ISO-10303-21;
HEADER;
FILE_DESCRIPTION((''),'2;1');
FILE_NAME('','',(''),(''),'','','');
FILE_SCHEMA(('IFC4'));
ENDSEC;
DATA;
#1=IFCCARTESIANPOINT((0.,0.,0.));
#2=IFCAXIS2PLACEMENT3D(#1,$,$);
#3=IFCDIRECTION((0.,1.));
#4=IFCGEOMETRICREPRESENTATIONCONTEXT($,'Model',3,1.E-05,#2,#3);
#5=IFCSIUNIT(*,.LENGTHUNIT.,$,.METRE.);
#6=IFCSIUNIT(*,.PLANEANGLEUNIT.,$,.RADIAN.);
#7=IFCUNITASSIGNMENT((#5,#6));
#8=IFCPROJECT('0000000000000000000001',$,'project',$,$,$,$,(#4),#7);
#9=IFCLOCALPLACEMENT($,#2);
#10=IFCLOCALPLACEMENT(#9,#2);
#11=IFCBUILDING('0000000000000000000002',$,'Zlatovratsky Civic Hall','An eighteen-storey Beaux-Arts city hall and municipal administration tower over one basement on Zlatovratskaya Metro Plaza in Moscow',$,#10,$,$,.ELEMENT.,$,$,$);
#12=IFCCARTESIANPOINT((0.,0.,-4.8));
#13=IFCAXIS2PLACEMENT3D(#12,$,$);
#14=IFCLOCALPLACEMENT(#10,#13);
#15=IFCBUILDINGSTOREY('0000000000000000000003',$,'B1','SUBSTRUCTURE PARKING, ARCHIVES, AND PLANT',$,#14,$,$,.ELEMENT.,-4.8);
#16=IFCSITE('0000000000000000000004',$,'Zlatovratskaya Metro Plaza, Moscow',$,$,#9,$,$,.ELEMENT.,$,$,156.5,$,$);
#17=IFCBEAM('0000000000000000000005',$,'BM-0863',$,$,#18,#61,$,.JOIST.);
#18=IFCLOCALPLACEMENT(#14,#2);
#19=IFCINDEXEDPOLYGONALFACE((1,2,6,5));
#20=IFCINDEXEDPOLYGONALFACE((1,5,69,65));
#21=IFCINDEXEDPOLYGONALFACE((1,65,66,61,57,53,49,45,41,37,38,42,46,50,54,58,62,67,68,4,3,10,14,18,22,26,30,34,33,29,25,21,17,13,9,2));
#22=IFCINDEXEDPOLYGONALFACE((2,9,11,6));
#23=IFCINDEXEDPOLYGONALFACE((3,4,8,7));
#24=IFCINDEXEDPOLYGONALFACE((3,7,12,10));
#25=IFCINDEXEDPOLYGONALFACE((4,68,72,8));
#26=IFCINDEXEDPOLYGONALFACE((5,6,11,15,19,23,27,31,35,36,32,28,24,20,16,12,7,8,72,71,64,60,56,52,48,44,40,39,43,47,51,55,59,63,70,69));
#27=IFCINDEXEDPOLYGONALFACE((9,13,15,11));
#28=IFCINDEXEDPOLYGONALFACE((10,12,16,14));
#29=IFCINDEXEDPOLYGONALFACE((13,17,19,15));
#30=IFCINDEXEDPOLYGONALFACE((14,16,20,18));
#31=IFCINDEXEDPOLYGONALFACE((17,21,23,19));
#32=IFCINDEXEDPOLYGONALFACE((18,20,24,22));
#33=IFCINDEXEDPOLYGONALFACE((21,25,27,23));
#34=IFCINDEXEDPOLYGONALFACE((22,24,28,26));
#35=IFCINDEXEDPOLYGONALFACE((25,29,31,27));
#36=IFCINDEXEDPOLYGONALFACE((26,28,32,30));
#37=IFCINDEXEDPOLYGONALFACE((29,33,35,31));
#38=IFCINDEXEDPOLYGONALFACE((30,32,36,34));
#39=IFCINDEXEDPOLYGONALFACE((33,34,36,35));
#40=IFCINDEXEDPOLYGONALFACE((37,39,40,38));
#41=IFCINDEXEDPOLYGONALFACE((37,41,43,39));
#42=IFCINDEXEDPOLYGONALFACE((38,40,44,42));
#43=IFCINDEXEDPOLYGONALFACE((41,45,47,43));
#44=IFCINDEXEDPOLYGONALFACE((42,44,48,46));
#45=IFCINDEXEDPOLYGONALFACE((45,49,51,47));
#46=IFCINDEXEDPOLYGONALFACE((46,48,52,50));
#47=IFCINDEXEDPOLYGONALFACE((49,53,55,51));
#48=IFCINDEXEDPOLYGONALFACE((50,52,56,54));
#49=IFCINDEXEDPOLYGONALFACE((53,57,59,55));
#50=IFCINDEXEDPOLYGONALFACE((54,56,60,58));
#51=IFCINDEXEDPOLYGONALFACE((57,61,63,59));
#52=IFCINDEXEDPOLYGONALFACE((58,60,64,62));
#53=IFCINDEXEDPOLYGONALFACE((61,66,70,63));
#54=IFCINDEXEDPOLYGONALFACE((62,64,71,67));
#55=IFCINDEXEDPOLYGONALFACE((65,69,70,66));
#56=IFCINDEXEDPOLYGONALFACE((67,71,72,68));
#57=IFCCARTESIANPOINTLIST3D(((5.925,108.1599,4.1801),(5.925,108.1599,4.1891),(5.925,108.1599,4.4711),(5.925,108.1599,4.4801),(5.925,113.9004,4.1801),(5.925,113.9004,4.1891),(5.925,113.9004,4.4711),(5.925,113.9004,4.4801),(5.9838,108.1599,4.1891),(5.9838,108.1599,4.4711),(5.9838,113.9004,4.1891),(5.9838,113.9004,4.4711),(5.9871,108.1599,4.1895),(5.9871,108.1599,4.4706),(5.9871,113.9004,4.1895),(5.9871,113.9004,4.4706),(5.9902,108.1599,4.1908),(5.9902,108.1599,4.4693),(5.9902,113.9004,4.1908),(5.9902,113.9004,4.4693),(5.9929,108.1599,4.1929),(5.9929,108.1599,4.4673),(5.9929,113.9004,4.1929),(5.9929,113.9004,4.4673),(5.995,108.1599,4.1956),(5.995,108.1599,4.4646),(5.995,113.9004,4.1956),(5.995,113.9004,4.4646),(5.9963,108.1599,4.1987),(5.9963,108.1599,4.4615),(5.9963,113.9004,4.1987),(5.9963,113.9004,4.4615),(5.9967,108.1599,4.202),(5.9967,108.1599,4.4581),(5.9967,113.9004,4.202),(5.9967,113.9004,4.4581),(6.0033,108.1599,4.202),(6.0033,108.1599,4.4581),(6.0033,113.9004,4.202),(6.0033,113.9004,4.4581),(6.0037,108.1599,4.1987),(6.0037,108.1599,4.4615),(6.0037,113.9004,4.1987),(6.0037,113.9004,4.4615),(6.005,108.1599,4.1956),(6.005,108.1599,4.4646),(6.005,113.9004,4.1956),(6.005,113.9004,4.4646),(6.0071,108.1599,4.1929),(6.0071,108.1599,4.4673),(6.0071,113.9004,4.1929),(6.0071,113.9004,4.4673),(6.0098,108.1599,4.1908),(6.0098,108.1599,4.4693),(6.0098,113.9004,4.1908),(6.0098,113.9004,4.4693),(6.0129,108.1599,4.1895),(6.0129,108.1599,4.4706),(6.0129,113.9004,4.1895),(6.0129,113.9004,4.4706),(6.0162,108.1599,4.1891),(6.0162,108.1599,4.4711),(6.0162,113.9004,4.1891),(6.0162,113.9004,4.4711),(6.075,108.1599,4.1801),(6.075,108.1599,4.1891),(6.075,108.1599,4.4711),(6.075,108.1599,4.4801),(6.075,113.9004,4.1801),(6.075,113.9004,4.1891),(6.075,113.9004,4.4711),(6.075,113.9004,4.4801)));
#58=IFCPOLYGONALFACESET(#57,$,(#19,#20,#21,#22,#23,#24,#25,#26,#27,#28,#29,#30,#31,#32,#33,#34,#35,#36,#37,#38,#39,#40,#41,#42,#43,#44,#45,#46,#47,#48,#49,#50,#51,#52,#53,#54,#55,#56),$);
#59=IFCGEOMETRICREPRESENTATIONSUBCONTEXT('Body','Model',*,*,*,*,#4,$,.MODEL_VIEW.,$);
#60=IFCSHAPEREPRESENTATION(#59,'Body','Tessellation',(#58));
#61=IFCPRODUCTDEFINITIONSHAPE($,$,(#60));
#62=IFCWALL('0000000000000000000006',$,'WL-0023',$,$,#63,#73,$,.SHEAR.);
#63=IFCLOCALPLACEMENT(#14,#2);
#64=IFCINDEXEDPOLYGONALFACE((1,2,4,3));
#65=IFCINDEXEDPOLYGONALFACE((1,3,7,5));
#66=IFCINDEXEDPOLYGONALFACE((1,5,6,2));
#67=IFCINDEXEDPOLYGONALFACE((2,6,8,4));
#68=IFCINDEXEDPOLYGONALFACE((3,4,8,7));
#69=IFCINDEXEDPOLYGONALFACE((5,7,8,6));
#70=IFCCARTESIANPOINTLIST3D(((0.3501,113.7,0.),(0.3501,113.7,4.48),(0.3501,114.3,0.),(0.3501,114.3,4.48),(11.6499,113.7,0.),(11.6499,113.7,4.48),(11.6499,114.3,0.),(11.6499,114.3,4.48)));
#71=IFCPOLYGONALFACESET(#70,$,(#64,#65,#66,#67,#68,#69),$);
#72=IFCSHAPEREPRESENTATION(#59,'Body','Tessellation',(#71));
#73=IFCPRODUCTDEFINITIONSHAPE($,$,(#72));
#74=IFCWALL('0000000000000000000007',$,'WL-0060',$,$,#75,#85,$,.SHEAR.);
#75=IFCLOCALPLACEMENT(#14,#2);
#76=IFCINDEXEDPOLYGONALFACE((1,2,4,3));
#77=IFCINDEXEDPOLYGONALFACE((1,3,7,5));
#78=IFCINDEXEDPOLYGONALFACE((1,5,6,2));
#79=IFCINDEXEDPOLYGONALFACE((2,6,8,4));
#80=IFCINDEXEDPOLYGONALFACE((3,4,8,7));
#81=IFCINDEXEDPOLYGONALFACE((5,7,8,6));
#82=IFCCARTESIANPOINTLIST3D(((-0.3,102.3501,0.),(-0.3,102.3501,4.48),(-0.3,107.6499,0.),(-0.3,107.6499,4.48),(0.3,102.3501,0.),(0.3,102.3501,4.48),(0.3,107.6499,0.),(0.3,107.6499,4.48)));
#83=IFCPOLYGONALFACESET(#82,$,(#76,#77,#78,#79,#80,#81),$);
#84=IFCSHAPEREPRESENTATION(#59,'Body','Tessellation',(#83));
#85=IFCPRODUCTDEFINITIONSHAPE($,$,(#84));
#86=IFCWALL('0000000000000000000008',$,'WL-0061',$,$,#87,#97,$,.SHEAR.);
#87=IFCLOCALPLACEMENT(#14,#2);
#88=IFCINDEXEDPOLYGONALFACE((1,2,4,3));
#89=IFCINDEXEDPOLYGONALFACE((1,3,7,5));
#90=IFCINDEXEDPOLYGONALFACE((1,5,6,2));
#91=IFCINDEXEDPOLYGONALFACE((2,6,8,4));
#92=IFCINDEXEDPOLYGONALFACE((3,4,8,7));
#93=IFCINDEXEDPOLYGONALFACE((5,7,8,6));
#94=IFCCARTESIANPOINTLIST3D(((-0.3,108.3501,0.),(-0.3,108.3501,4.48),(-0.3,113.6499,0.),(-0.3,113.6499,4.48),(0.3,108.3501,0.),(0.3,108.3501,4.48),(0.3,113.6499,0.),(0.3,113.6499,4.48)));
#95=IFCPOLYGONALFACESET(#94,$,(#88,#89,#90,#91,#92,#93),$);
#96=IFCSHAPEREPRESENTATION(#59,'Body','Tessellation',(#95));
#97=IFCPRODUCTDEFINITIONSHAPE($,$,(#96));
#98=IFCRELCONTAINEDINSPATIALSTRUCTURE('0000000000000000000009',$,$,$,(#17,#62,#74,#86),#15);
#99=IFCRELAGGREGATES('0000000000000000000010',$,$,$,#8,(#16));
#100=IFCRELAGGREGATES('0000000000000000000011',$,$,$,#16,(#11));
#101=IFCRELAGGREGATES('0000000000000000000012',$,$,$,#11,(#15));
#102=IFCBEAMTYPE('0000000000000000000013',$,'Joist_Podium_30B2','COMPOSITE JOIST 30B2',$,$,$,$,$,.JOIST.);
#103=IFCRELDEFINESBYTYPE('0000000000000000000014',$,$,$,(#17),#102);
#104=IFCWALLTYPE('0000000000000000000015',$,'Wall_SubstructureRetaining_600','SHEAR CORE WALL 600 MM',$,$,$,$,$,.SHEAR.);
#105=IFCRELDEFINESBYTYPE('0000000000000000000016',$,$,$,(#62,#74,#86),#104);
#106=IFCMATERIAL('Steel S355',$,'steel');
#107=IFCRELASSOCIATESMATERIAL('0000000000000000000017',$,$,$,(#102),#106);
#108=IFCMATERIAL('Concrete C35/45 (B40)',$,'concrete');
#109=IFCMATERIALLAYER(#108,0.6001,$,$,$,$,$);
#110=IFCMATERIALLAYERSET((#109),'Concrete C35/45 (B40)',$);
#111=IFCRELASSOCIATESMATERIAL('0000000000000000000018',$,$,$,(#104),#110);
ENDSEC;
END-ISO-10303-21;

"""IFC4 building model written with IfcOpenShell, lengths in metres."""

from ifc_helpers import new_model, si_unit, direction, frame, frame_2d, origin, origin_2d, place, context, subcontext, project, spatial, rectangle, i_section, extrude, material, layer, layer_set, material_profile, profile_set, type_object, element, save


model = new_model("IFC4")

# Units and contexts
model_context = context("Model", 3, precision=1e-05, world=origin(), true_north=direction((0.0, 1.0)))
body_context = subcontext(model_context, "Body", "Model", "MODEL_VIEW")
ifc_project = project(units=[si_unit("LENGTHUNIT", "METRE"), si_unit("PLANEANGLEUNIT", "RADIAN")], contexts=[model_context])

# Site, building, storey
site_placement = place(None, origin())
site = spatial("IfcSite", under=ifc_project, at=site_placement, Name="Zlatovratskaya Metro Plaza, Moscow", CompositionType="ELEMENT", RefElevation=156.5)
building_placement = place(site_placement, origin())
building = spatial("IfcBuilding", under=site, at=building_placement, Name="Zlatovratsky Civic Hall", Description="An eighteen-storey Beaux-Arts city hall and municipal administration tower over one basement on Zlatovratskaya Metro Plaza in Moscow", CompositionType="ELEMENT")
storey_placement = place(building_placement, frame((0.0, 0.0, -4.8)))
storey = spatial("IfcBuildingStorey", under=building, at=storey_placement, Name="B1", Description="SUBSTRUCTURE PARKING, ARCHIVES, AND PLANT", CompositionType="ELEMENT", Elevation=-4.8)

# Shared definitions
ifc_material_1 = material(Name="Concrete C35/45 (B40)", Category="concrete")

# Beam
ifc_material_2 = material(Name="Steel S355", Category="steel")
ifc_material_profile_1 = material_profile(ifc_material_2, i_section(OverallWidth=0.1499, OverallDepth=0.3, WebThickness=0.0066, FlangeThickness=0.009, FilletRadius=0.0129, at=origin_2d()), Name="30B2")
ifc_profile_set_1 = profile_set([ifc_material_profile_1], Name="Steel S355")
beam_type_1 = type_object("IfcBeamType", Name="Joist_Podium_30B2", Description="COMPOSITE JOIST 30B2", PredefinedType="JOIST", material=ifc_profile_set_1)
beam_1_placement = place(storey_placement, frame((6.0, 108.1599, 4.3301), z_axis=(0.0, 1.0, 0.0), x_axis=(-1.0, 0.0, 0.0)))
element("IfcBeam", 1, at=beam_1_placement, inside=storey, type_object=beam_type_1, Name="BM-0863", PredefinedType="JOIST", context=body_context, shape_type="SweptSolid", body=[
    extrude(i_section(OverallWidth=0.1499, OverallDepth=0.3, WebThickness=0.0066, FlangeThickness=0.009, FilletRadius=0.0129, at=origin_2d()), origin(), (0.0, 0.0, 1.0), 5.7405),
])

# Walls
ifc_layer = layer(ifc_material_1, 0.6001)
ifc_layer_set = layer_set([ifc_layer], Name="Concrete C35/45 (B40)")
wall_type = type_object("IfcWallType", Name="Wall_SubstructureRetaining_600", Description="SHEAR CORE WALL 600 MM", PredefinedType="SHEAR", material=ifc_layer_set)
wall_placement = place(storey_placement, frame((0.3501, 114.0, 0.0), z_axis=(0.0, 0.0, 1.0), x_axis=(1.0, 0.0, 0.0)))
element("IfcWall", 2, at=wall_placement, inside=storey, type_object=wall_type, Name="WL-0023", PredefinedType="SHEAR", context=body_context, shape_type="SweptSolid", body=[
    extrude(rectangle(XDim=11.2998, YDim=0.6001, at=frame_2d((5.6499, 0.0))), origin(), (0.0, 0.0, 1.0), 4.48),
])
for number, where, z_axis, x_axis, name in (
    (3, (0.0, 102.3501, 0.0), (0.0, 0.0, 1.0), (0.0, 1.0, 0.0), "WL-0060"),
    (4, (0.0, 108.3501, 0.0), (0.0, 0.0, 1.0), (0.0, 1.0, 0.0), "WL-0061"),
):
    element("IfcWall", number, at=place(storey_placement, frame(where, z_axis=z_axis, x_axis=x_axis)), inside=storey, type_object=wall_type, Name=name, PredefinedType="SHEAR", context=body_context, shape_type="SweptSolid", body=[
        extrude(rectangle(XDim=5.2998, YDim=0.6001, at=frame_2d((2.6499, 0.0))), origin(), (0.0, 0.0, 1.0), 4.48),
    ])

save(model, "model.ifc")
